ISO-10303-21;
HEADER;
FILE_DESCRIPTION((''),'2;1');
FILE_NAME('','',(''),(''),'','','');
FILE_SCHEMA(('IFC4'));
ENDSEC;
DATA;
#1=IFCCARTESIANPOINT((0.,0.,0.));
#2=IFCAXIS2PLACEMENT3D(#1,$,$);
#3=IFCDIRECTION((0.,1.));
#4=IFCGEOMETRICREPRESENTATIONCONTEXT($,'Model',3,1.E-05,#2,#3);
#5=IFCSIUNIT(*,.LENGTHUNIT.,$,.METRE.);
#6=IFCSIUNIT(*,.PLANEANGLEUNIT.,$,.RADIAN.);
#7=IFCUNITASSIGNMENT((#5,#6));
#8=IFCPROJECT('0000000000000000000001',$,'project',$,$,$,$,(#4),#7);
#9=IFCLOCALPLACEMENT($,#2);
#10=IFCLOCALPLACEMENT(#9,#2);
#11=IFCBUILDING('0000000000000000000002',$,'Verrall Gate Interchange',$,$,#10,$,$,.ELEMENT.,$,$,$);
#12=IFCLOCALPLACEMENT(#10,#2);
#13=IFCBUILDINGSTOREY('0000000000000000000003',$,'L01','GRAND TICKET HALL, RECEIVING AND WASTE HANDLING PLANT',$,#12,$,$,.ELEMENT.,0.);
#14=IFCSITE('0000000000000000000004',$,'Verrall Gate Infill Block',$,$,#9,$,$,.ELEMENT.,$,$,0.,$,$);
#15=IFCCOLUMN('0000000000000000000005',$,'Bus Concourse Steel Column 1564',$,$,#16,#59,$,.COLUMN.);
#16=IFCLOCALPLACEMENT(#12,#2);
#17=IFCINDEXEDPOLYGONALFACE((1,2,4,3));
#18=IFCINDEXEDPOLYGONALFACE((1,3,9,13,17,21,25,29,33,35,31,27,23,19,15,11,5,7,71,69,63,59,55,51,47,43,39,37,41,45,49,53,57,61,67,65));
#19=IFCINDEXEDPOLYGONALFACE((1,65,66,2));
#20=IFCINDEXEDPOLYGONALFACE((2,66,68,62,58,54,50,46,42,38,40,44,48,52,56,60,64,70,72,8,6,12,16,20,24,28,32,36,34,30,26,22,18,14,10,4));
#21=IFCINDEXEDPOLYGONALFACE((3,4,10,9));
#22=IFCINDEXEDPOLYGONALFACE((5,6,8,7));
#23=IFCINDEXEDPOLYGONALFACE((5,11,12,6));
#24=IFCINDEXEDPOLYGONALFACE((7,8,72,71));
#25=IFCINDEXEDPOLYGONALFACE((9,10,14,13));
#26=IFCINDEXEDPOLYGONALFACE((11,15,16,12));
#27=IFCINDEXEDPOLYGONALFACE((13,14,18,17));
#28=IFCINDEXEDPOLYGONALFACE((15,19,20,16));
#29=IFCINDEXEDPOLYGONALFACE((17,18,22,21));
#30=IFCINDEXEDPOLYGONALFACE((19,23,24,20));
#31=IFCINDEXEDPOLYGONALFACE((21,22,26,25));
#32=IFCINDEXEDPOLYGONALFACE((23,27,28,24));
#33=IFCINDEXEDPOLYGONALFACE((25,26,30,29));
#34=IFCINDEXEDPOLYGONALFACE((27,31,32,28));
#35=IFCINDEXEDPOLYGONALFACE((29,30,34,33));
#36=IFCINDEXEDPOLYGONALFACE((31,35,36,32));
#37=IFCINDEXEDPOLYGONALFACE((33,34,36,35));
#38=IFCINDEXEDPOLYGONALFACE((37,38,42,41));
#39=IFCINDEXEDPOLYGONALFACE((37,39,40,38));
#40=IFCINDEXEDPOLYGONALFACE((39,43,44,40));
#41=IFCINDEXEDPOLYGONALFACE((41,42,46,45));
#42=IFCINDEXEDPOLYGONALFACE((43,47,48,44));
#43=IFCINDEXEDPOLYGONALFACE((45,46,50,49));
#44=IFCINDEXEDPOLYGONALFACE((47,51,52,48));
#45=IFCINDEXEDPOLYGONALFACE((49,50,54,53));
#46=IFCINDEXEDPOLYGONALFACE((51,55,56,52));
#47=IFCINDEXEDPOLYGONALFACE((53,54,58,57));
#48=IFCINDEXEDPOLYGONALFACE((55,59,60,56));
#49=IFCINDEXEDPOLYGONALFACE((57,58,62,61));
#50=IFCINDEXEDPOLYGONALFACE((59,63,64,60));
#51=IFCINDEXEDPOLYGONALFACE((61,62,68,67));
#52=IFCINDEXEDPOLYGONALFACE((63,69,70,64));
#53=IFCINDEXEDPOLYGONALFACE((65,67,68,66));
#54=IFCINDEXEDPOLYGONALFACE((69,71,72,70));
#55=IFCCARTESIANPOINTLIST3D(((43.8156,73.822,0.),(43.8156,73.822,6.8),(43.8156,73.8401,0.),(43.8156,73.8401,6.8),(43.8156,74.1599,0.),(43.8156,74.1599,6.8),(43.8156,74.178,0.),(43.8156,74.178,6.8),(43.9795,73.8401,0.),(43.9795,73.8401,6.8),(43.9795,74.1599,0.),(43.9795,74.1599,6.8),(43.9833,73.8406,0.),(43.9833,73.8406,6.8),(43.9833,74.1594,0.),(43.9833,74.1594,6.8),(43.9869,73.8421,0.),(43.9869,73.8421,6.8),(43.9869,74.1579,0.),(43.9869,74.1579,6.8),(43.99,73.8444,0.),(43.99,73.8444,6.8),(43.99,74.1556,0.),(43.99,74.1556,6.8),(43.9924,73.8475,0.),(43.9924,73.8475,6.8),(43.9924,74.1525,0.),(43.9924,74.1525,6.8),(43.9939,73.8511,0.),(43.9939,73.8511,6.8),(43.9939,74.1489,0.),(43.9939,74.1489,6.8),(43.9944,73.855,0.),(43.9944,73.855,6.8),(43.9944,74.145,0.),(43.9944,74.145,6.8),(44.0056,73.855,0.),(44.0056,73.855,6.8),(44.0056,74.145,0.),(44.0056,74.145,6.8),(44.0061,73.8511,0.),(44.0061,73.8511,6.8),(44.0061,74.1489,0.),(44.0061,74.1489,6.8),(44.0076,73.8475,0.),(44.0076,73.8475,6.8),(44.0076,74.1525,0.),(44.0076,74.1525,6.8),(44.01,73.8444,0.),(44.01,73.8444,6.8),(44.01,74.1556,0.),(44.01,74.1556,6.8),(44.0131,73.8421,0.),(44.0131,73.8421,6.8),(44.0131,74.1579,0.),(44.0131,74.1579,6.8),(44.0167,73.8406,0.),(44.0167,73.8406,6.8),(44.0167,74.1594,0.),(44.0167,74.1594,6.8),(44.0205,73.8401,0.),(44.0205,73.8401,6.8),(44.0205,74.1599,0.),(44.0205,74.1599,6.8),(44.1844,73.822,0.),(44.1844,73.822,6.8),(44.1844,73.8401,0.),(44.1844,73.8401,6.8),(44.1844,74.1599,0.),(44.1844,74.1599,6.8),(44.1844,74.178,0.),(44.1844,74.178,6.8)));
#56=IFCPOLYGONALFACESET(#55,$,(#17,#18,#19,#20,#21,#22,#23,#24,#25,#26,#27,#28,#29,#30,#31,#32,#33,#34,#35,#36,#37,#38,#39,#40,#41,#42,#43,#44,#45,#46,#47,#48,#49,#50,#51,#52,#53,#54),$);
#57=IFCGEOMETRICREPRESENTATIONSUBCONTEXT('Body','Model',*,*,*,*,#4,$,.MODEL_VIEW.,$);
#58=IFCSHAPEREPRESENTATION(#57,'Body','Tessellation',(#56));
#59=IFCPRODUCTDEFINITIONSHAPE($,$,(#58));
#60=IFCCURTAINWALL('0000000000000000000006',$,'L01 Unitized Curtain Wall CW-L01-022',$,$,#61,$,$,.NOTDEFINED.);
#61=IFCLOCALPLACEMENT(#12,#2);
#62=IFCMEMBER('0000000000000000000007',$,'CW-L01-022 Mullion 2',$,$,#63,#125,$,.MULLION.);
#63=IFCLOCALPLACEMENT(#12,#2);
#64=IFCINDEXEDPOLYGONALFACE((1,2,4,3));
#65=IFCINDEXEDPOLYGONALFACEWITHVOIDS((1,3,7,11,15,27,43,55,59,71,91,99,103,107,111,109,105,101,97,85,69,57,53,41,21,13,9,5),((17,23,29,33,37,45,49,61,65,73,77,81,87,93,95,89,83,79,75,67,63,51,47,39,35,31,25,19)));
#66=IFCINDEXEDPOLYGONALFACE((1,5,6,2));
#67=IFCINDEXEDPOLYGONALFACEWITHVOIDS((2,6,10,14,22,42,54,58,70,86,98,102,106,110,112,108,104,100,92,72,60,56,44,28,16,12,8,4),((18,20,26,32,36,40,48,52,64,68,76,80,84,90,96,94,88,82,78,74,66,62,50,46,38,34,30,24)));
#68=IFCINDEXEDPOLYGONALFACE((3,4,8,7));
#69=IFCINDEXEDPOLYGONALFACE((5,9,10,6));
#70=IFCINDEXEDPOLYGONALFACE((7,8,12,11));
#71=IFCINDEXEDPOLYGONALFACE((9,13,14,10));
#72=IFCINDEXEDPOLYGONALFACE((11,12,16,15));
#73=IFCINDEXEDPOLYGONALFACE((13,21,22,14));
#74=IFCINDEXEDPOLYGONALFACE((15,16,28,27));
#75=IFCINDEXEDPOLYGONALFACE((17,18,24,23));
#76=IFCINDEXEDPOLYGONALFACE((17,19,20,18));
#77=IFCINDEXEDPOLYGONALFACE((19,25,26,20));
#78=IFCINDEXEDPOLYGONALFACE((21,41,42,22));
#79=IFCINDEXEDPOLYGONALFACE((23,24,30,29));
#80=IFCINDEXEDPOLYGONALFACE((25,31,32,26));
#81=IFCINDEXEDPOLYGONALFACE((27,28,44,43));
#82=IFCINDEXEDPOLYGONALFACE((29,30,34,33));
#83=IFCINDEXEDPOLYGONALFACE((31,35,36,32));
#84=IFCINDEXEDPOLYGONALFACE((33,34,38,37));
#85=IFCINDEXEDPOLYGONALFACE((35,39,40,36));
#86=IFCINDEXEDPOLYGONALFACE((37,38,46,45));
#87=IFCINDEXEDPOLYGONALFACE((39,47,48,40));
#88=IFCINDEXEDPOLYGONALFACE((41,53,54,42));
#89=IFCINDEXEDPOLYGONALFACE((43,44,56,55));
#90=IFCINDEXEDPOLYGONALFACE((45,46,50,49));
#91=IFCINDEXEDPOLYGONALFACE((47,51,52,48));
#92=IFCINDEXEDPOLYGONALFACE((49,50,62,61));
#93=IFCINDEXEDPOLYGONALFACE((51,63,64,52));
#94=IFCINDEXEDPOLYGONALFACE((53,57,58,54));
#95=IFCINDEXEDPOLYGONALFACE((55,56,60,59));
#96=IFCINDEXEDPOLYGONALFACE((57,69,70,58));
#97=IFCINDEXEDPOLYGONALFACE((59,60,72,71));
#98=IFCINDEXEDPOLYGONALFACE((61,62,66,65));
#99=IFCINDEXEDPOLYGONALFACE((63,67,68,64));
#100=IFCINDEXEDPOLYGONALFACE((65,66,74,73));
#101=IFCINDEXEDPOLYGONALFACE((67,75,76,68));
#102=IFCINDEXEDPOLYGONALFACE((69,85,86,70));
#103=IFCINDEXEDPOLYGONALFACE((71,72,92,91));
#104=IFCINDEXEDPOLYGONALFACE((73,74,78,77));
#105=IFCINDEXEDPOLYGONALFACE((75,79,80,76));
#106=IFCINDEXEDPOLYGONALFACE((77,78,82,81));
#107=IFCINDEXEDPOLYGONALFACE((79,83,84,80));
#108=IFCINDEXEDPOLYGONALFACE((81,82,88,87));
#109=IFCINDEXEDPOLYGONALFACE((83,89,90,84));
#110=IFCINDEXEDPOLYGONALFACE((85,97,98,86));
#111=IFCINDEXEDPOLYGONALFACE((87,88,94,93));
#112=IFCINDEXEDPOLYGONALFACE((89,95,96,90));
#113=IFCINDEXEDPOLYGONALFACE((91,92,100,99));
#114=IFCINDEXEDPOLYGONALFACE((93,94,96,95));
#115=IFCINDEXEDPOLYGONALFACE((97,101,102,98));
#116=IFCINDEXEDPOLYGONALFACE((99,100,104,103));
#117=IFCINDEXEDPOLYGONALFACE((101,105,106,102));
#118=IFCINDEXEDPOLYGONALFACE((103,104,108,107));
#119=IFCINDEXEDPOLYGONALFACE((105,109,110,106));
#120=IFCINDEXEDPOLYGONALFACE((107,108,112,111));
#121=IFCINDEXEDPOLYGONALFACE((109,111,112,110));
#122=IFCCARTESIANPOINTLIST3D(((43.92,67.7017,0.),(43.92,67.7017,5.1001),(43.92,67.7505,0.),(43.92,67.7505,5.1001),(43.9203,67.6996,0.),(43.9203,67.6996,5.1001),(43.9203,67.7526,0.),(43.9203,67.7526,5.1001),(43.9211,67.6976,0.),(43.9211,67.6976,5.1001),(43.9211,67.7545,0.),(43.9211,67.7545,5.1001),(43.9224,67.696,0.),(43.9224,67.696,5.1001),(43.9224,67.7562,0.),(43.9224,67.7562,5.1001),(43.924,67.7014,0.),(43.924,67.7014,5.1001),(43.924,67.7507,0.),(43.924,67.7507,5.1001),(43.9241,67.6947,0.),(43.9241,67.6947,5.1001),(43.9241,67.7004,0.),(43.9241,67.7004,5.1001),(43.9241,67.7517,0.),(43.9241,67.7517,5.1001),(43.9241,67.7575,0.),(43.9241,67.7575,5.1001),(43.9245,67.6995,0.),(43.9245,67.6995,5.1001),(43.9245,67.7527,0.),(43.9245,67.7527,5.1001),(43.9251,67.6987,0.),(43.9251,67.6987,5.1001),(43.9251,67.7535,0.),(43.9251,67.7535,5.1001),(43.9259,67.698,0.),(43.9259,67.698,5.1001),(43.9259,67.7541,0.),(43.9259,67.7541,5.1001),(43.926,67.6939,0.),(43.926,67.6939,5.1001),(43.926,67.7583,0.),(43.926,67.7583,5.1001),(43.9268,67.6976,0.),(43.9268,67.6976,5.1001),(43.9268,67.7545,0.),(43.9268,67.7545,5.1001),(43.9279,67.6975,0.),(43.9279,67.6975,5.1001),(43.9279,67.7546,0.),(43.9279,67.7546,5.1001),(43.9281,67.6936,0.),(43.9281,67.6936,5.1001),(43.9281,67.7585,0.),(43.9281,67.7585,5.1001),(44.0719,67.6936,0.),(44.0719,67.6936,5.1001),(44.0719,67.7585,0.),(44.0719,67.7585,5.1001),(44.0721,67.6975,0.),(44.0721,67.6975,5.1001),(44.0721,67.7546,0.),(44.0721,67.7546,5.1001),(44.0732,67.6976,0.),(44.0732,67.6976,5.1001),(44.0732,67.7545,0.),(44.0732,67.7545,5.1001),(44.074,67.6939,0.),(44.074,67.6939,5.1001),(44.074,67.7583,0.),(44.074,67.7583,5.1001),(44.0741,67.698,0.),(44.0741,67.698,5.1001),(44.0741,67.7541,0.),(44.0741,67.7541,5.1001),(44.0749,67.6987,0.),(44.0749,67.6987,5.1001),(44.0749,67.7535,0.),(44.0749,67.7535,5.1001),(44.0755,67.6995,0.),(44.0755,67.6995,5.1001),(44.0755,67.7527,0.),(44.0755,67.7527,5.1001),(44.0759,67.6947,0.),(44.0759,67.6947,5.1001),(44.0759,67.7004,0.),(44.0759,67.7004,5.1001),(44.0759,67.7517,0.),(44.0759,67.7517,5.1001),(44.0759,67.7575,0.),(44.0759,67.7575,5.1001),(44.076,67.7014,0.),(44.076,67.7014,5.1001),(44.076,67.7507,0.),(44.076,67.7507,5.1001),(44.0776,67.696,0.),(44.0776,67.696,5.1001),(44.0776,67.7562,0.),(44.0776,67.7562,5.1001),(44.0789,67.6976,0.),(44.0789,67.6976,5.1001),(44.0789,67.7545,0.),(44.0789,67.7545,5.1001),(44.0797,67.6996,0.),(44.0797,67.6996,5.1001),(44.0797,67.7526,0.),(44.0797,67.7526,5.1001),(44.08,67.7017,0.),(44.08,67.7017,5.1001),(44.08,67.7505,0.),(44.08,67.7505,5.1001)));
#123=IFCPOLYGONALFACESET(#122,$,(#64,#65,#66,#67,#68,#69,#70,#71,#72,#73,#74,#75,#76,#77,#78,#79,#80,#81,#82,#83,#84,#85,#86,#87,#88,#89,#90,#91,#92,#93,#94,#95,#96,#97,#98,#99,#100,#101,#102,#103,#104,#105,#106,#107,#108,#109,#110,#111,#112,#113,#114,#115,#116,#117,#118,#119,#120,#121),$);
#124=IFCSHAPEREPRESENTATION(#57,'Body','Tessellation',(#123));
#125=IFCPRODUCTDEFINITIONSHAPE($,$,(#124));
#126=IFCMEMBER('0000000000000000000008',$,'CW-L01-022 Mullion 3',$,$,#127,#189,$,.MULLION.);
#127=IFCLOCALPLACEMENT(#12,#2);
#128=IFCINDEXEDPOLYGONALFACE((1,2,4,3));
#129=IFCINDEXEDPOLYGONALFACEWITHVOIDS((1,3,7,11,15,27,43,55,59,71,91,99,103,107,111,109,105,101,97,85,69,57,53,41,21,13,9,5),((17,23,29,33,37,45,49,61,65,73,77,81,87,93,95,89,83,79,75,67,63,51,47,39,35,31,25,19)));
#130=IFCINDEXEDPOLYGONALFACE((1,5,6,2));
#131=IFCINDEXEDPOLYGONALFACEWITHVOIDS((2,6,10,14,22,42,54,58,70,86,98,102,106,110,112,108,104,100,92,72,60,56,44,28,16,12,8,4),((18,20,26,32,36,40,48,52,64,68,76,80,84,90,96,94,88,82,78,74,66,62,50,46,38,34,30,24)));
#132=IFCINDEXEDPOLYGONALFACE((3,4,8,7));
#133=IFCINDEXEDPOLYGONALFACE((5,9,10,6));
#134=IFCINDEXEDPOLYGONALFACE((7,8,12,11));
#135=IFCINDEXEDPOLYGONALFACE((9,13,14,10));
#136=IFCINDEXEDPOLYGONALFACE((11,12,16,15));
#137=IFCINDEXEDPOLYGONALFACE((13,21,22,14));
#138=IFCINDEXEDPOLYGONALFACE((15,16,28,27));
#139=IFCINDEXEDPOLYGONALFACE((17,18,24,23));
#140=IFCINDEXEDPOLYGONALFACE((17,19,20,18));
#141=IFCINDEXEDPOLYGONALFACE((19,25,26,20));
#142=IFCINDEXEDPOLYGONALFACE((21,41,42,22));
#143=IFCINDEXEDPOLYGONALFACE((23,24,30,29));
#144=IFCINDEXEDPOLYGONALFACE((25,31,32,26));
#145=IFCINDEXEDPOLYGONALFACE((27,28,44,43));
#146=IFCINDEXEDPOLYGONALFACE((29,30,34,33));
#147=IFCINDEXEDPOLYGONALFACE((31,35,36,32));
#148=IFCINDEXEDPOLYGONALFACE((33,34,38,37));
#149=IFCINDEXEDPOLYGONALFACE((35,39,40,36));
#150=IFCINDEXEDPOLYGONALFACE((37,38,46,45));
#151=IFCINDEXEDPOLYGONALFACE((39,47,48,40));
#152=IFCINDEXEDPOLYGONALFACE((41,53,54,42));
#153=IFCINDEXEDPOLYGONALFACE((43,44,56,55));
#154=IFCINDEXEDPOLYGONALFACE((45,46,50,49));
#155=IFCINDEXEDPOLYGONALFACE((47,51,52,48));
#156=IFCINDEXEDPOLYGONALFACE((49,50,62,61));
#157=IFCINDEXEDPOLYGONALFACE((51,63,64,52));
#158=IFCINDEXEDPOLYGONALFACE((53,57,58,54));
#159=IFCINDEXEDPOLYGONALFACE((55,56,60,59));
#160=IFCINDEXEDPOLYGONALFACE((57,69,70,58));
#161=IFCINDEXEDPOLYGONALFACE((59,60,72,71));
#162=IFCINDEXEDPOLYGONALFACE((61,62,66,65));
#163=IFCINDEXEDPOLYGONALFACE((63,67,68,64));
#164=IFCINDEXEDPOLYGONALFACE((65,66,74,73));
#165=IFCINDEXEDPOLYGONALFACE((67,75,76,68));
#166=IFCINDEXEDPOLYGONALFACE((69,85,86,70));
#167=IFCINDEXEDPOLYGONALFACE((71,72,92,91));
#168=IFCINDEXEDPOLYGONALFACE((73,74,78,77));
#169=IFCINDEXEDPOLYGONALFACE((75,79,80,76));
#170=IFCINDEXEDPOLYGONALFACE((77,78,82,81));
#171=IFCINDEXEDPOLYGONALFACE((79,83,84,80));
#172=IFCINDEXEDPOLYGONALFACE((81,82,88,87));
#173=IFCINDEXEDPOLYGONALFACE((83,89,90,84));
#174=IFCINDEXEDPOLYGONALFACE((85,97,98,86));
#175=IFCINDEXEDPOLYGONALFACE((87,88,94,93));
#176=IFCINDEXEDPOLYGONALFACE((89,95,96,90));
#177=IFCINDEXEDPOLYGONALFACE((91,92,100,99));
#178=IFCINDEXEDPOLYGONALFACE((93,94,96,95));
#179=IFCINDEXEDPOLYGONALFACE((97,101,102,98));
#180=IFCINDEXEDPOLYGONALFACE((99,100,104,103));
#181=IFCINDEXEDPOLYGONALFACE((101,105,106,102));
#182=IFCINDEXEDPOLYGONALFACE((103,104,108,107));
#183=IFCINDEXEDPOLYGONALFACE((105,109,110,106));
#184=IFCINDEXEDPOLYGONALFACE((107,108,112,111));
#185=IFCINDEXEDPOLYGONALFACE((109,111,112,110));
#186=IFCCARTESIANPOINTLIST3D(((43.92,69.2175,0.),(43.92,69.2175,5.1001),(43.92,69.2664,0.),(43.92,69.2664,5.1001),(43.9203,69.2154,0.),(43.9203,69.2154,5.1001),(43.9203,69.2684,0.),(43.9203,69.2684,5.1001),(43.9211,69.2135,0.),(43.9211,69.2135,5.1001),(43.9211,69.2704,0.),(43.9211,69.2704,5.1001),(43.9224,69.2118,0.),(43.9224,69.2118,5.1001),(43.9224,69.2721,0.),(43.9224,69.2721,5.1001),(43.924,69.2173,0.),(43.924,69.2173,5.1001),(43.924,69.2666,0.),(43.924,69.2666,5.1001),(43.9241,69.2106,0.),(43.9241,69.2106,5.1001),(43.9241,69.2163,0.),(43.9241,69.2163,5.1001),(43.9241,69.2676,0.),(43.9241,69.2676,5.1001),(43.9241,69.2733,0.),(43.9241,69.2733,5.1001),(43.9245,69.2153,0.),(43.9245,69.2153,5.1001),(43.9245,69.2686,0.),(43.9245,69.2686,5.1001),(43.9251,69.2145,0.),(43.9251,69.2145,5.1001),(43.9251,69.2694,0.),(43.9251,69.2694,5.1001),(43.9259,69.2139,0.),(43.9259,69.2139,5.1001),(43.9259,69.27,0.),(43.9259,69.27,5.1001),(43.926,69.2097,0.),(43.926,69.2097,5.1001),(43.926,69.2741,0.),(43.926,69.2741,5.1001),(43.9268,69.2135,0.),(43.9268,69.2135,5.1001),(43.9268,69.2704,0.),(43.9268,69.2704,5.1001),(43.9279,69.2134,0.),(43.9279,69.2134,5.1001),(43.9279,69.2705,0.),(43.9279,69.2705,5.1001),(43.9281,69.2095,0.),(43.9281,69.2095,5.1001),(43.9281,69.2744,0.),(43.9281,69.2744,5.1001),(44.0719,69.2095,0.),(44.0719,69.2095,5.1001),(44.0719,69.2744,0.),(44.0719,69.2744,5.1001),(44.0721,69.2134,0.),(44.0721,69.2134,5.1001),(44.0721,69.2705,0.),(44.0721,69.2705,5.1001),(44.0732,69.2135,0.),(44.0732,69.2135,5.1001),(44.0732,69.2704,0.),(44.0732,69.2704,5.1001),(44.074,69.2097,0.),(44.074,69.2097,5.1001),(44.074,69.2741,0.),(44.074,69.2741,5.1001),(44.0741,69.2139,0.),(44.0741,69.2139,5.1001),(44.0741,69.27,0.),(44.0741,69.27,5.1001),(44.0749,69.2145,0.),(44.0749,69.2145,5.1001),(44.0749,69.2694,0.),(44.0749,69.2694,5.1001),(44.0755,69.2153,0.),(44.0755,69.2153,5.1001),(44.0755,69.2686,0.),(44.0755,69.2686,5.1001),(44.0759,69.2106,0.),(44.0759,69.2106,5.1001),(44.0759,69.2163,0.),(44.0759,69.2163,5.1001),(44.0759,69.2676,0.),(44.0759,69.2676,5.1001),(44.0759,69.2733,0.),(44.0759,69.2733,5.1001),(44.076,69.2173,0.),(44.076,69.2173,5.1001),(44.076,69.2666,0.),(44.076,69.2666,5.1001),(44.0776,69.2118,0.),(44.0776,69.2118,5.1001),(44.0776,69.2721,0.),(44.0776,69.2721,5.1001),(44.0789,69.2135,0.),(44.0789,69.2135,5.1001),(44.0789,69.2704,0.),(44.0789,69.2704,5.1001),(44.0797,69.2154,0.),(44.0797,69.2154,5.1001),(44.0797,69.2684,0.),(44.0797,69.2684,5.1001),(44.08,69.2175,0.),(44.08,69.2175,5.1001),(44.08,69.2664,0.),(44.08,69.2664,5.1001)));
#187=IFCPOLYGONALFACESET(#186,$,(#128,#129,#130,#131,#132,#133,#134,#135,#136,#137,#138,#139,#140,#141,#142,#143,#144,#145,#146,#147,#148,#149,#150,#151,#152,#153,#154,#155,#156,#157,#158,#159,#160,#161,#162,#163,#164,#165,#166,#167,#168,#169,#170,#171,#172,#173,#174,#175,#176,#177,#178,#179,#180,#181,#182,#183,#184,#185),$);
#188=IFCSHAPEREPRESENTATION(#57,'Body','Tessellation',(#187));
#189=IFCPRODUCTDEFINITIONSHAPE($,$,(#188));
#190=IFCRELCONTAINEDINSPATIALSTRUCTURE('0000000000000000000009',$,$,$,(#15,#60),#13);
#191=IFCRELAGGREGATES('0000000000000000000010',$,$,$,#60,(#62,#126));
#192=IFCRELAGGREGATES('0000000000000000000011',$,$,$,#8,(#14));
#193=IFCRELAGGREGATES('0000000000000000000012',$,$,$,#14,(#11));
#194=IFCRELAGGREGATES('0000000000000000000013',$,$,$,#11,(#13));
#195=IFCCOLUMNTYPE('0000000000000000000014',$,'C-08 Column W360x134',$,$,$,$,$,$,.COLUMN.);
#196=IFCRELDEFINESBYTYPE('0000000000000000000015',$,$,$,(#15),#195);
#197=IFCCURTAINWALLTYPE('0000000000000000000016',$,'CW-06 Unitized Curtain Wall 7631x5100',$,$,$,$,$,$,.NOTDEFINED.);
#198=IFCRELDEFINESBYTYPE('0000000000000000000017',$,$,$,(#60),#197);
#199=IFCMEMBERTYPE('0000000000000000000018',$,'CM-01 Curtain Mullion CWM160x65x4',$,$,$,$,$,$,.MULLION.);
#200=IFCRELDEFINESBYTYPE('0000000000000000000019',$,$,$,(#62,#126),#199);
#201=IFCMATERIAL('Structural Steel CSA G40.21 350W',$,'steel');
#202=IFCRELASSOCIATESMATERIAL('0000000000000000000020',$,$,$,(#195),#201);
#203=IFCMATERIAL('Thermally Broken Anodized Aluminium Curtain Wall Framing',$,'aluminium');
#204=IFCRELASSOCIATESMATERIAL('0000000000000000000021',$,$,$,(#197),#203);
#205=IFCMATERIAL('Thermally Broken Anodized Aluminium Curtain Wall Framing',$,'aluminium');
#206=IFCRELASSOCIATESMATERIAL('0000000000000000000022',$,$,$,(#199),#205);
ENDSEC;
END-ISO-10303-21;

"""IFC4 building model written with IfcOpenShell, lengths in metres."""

from ifc_helpers import new_model, si_unit, direction, frame, origin, origin_2d, place, context, subcontext, project, spatial, hollow_rectangle, i_section, extrude, material, material_profile, profile_set, type_object, element, aggregate, save


model = new_model("IFC4")

# Units and contexts
model_context = context("Model", 3, precision=1e-05, world=origin(), true_north=direction((0.0, 1.0)))
body_context = subcontext(model_context, "Body", "Model", "MODEL_VIEW")
ifc_project = project(units=[si_unit("LENGTHUNIT", "METRE"), si_unit("PLANEANGLEUNIT", "RADIAN")], contexts=[model_context])

# Site, building, storey
site_placement = place(None, origin())
site = spatial("IfcSite", under=ifc_project, at=site_placement, Name="Verrall Gate Infill Block", CompositionType="ELEMENT", RefElevation=0.0)
building_placement = place(site_placement, origin())
building = spatial("IfcBuilding", under=site, at=building_placement, Name="Verrall Gate Interchange", CompositionType="ELEMENT")
storey_placement = place(building_placement, origin())
storey = spatial("IfcBuildingStorey", under=building, at=storey_placement, Name="L01", Description="GRAND TICKET HALL, RECEIVING AND WASTE HANDLING PLANT", CompositionType="ELEMENT", Elevation=0.0)

# Column
ifc_material_1 = material(Name="Structural Steel CSA G40.21 350W", Category="steel")
ifc_material_profile_1 = material_profile(ifc_material_1, i_section(OverallWidth=0.3689, OverallDepth=0.356, WebThickness=0.0112, FlangeThickness=0.0181, FilletRadius=0.0149, at=origin_2d()), Name="W360x134")
ifc_profile_set_1 = profile_set([ifc_material_profile_1], Name="Structural Steel CSA G40.21 350W")
column_type = type_object("IfcColumnType", Name="C-08 Column W360x134", PredefinedType="COLUMN", material=ifc_profile_set_1)
column_placement = place(storey_placement, frame((44.0, 74.0, 0.0), z_axis=(0.0, 0.0, 1.0), x_axis=(1.0, 0.0, 0.0)))
element("IfcColumn", 1, at=column_placement, inside=storey, type_object=column_type, Name="Bus Concourse Steel Column 1564", PredefinedType="COLUMN", context=body_context, shape_type="SweptSolid", body=[
    extrude(i_section(OverallWidth=0.3689, OverallDepth=0.356, WebThickness=0.0112, FlangeThickness=0.0181, FilletRadius=0.0149, at=origin_2d()), origin(), (0.0, 0.0, 1.0), 6.8),
])

# Curtain wall, members
ifc_material_2 = material(Name="Thermally Broken Anodized Aluminium Curtain Wall Framing", Category="aluminium")
curtain_wall_type = type_object("IfcCurtainWallType", Name="CW-06 Unitized Curtain Wall 7631x5100", PredefinedType="NOTDEFINED", material=ifc_material_2)
curtain_wall_placement = place(storey_placement, origin())
curtain_wall = element("IfcCurtainWall", 2, at=curtain_wall_placement, inside=storey, type_object=curtain_wall_type, Name="L01 Unitized Curtain Wall CW-L01-022", PredefinedType="NOTDEFINED")
ifc_material_3 = material(Name="Thermally Broken Anodized Aluminium Curtain Wall Framing", Category="aluminium")
ifc_material_profile_2 = material_profile(ifc_material_3, hollow_rectangle(XDim=0.0649, YDim=0.1599, WallThickness=0.0039, InnerFilletRadius=0.0039, OuterFilletRadius=0.0081, at=origin_2d()), Name="CWM160x65x4")
ifc_profile_set_2 = profile_set([ifc_material_profile_2], Name="Thermally Broken Anodized Aluminium Curtain Wall Framing")
member_type = type_object("IfcMemberType", Name="CM-01 Curtain Mullion CWM160x65x4", PredefinedType="MULLION", material=ifc_profile_set_2)
member_1_placement = place(storey_placement, frame((44.0, 67.7261, 0.0), z_axis=(0.0, 0.0, 1.0), x_axis=(0.0, 1.0, 0.0)))
member_1 = element("IfcMember", 3, at=member_1_placement, type_object=member_type, Name="CW-L01-022 Mullion 2", PredefinedType="MULLION", context=body_context, shape_type="SweptSolid", body=[
    extrude(hollow_rectangle(XDim=0.0649, YDim=0.1599, WallThickness=0.0039, InnerFilletRadius=0.0039, OuterFilletRadius=0.0081, at=origin_2d()), origin(), (0.0, 0.0, 1.0), 5.1001),
])
member_2_placement = place(storey_placement, frame((44.0, 69.2419, 0.0), z_axis=(0.0, 0.0, 1.0), x_axis=(0.0, 1.0, 0.0)))
member_2 = element("IfcMember", 4, at=member_2_placement, type_object=member_type, Name="CW-L01-022 Mullion 3", PredefinedType="MULLION", context=body_context, shape_type="SweptSolid", body=[
    extrude(hollow_rectangle(XDim=0.0649, YDim=0.1599, WallThickness=0.0039, InnerFilletRadius=0.0039, OuterFilletRadius=0.0081, at=origin_2d()), origin(), (0.0, 0.0, 1.0), 5.1001),
])
aggregate(curtain_wall, [member_1, member_2])

save(model, "model.ifc")
